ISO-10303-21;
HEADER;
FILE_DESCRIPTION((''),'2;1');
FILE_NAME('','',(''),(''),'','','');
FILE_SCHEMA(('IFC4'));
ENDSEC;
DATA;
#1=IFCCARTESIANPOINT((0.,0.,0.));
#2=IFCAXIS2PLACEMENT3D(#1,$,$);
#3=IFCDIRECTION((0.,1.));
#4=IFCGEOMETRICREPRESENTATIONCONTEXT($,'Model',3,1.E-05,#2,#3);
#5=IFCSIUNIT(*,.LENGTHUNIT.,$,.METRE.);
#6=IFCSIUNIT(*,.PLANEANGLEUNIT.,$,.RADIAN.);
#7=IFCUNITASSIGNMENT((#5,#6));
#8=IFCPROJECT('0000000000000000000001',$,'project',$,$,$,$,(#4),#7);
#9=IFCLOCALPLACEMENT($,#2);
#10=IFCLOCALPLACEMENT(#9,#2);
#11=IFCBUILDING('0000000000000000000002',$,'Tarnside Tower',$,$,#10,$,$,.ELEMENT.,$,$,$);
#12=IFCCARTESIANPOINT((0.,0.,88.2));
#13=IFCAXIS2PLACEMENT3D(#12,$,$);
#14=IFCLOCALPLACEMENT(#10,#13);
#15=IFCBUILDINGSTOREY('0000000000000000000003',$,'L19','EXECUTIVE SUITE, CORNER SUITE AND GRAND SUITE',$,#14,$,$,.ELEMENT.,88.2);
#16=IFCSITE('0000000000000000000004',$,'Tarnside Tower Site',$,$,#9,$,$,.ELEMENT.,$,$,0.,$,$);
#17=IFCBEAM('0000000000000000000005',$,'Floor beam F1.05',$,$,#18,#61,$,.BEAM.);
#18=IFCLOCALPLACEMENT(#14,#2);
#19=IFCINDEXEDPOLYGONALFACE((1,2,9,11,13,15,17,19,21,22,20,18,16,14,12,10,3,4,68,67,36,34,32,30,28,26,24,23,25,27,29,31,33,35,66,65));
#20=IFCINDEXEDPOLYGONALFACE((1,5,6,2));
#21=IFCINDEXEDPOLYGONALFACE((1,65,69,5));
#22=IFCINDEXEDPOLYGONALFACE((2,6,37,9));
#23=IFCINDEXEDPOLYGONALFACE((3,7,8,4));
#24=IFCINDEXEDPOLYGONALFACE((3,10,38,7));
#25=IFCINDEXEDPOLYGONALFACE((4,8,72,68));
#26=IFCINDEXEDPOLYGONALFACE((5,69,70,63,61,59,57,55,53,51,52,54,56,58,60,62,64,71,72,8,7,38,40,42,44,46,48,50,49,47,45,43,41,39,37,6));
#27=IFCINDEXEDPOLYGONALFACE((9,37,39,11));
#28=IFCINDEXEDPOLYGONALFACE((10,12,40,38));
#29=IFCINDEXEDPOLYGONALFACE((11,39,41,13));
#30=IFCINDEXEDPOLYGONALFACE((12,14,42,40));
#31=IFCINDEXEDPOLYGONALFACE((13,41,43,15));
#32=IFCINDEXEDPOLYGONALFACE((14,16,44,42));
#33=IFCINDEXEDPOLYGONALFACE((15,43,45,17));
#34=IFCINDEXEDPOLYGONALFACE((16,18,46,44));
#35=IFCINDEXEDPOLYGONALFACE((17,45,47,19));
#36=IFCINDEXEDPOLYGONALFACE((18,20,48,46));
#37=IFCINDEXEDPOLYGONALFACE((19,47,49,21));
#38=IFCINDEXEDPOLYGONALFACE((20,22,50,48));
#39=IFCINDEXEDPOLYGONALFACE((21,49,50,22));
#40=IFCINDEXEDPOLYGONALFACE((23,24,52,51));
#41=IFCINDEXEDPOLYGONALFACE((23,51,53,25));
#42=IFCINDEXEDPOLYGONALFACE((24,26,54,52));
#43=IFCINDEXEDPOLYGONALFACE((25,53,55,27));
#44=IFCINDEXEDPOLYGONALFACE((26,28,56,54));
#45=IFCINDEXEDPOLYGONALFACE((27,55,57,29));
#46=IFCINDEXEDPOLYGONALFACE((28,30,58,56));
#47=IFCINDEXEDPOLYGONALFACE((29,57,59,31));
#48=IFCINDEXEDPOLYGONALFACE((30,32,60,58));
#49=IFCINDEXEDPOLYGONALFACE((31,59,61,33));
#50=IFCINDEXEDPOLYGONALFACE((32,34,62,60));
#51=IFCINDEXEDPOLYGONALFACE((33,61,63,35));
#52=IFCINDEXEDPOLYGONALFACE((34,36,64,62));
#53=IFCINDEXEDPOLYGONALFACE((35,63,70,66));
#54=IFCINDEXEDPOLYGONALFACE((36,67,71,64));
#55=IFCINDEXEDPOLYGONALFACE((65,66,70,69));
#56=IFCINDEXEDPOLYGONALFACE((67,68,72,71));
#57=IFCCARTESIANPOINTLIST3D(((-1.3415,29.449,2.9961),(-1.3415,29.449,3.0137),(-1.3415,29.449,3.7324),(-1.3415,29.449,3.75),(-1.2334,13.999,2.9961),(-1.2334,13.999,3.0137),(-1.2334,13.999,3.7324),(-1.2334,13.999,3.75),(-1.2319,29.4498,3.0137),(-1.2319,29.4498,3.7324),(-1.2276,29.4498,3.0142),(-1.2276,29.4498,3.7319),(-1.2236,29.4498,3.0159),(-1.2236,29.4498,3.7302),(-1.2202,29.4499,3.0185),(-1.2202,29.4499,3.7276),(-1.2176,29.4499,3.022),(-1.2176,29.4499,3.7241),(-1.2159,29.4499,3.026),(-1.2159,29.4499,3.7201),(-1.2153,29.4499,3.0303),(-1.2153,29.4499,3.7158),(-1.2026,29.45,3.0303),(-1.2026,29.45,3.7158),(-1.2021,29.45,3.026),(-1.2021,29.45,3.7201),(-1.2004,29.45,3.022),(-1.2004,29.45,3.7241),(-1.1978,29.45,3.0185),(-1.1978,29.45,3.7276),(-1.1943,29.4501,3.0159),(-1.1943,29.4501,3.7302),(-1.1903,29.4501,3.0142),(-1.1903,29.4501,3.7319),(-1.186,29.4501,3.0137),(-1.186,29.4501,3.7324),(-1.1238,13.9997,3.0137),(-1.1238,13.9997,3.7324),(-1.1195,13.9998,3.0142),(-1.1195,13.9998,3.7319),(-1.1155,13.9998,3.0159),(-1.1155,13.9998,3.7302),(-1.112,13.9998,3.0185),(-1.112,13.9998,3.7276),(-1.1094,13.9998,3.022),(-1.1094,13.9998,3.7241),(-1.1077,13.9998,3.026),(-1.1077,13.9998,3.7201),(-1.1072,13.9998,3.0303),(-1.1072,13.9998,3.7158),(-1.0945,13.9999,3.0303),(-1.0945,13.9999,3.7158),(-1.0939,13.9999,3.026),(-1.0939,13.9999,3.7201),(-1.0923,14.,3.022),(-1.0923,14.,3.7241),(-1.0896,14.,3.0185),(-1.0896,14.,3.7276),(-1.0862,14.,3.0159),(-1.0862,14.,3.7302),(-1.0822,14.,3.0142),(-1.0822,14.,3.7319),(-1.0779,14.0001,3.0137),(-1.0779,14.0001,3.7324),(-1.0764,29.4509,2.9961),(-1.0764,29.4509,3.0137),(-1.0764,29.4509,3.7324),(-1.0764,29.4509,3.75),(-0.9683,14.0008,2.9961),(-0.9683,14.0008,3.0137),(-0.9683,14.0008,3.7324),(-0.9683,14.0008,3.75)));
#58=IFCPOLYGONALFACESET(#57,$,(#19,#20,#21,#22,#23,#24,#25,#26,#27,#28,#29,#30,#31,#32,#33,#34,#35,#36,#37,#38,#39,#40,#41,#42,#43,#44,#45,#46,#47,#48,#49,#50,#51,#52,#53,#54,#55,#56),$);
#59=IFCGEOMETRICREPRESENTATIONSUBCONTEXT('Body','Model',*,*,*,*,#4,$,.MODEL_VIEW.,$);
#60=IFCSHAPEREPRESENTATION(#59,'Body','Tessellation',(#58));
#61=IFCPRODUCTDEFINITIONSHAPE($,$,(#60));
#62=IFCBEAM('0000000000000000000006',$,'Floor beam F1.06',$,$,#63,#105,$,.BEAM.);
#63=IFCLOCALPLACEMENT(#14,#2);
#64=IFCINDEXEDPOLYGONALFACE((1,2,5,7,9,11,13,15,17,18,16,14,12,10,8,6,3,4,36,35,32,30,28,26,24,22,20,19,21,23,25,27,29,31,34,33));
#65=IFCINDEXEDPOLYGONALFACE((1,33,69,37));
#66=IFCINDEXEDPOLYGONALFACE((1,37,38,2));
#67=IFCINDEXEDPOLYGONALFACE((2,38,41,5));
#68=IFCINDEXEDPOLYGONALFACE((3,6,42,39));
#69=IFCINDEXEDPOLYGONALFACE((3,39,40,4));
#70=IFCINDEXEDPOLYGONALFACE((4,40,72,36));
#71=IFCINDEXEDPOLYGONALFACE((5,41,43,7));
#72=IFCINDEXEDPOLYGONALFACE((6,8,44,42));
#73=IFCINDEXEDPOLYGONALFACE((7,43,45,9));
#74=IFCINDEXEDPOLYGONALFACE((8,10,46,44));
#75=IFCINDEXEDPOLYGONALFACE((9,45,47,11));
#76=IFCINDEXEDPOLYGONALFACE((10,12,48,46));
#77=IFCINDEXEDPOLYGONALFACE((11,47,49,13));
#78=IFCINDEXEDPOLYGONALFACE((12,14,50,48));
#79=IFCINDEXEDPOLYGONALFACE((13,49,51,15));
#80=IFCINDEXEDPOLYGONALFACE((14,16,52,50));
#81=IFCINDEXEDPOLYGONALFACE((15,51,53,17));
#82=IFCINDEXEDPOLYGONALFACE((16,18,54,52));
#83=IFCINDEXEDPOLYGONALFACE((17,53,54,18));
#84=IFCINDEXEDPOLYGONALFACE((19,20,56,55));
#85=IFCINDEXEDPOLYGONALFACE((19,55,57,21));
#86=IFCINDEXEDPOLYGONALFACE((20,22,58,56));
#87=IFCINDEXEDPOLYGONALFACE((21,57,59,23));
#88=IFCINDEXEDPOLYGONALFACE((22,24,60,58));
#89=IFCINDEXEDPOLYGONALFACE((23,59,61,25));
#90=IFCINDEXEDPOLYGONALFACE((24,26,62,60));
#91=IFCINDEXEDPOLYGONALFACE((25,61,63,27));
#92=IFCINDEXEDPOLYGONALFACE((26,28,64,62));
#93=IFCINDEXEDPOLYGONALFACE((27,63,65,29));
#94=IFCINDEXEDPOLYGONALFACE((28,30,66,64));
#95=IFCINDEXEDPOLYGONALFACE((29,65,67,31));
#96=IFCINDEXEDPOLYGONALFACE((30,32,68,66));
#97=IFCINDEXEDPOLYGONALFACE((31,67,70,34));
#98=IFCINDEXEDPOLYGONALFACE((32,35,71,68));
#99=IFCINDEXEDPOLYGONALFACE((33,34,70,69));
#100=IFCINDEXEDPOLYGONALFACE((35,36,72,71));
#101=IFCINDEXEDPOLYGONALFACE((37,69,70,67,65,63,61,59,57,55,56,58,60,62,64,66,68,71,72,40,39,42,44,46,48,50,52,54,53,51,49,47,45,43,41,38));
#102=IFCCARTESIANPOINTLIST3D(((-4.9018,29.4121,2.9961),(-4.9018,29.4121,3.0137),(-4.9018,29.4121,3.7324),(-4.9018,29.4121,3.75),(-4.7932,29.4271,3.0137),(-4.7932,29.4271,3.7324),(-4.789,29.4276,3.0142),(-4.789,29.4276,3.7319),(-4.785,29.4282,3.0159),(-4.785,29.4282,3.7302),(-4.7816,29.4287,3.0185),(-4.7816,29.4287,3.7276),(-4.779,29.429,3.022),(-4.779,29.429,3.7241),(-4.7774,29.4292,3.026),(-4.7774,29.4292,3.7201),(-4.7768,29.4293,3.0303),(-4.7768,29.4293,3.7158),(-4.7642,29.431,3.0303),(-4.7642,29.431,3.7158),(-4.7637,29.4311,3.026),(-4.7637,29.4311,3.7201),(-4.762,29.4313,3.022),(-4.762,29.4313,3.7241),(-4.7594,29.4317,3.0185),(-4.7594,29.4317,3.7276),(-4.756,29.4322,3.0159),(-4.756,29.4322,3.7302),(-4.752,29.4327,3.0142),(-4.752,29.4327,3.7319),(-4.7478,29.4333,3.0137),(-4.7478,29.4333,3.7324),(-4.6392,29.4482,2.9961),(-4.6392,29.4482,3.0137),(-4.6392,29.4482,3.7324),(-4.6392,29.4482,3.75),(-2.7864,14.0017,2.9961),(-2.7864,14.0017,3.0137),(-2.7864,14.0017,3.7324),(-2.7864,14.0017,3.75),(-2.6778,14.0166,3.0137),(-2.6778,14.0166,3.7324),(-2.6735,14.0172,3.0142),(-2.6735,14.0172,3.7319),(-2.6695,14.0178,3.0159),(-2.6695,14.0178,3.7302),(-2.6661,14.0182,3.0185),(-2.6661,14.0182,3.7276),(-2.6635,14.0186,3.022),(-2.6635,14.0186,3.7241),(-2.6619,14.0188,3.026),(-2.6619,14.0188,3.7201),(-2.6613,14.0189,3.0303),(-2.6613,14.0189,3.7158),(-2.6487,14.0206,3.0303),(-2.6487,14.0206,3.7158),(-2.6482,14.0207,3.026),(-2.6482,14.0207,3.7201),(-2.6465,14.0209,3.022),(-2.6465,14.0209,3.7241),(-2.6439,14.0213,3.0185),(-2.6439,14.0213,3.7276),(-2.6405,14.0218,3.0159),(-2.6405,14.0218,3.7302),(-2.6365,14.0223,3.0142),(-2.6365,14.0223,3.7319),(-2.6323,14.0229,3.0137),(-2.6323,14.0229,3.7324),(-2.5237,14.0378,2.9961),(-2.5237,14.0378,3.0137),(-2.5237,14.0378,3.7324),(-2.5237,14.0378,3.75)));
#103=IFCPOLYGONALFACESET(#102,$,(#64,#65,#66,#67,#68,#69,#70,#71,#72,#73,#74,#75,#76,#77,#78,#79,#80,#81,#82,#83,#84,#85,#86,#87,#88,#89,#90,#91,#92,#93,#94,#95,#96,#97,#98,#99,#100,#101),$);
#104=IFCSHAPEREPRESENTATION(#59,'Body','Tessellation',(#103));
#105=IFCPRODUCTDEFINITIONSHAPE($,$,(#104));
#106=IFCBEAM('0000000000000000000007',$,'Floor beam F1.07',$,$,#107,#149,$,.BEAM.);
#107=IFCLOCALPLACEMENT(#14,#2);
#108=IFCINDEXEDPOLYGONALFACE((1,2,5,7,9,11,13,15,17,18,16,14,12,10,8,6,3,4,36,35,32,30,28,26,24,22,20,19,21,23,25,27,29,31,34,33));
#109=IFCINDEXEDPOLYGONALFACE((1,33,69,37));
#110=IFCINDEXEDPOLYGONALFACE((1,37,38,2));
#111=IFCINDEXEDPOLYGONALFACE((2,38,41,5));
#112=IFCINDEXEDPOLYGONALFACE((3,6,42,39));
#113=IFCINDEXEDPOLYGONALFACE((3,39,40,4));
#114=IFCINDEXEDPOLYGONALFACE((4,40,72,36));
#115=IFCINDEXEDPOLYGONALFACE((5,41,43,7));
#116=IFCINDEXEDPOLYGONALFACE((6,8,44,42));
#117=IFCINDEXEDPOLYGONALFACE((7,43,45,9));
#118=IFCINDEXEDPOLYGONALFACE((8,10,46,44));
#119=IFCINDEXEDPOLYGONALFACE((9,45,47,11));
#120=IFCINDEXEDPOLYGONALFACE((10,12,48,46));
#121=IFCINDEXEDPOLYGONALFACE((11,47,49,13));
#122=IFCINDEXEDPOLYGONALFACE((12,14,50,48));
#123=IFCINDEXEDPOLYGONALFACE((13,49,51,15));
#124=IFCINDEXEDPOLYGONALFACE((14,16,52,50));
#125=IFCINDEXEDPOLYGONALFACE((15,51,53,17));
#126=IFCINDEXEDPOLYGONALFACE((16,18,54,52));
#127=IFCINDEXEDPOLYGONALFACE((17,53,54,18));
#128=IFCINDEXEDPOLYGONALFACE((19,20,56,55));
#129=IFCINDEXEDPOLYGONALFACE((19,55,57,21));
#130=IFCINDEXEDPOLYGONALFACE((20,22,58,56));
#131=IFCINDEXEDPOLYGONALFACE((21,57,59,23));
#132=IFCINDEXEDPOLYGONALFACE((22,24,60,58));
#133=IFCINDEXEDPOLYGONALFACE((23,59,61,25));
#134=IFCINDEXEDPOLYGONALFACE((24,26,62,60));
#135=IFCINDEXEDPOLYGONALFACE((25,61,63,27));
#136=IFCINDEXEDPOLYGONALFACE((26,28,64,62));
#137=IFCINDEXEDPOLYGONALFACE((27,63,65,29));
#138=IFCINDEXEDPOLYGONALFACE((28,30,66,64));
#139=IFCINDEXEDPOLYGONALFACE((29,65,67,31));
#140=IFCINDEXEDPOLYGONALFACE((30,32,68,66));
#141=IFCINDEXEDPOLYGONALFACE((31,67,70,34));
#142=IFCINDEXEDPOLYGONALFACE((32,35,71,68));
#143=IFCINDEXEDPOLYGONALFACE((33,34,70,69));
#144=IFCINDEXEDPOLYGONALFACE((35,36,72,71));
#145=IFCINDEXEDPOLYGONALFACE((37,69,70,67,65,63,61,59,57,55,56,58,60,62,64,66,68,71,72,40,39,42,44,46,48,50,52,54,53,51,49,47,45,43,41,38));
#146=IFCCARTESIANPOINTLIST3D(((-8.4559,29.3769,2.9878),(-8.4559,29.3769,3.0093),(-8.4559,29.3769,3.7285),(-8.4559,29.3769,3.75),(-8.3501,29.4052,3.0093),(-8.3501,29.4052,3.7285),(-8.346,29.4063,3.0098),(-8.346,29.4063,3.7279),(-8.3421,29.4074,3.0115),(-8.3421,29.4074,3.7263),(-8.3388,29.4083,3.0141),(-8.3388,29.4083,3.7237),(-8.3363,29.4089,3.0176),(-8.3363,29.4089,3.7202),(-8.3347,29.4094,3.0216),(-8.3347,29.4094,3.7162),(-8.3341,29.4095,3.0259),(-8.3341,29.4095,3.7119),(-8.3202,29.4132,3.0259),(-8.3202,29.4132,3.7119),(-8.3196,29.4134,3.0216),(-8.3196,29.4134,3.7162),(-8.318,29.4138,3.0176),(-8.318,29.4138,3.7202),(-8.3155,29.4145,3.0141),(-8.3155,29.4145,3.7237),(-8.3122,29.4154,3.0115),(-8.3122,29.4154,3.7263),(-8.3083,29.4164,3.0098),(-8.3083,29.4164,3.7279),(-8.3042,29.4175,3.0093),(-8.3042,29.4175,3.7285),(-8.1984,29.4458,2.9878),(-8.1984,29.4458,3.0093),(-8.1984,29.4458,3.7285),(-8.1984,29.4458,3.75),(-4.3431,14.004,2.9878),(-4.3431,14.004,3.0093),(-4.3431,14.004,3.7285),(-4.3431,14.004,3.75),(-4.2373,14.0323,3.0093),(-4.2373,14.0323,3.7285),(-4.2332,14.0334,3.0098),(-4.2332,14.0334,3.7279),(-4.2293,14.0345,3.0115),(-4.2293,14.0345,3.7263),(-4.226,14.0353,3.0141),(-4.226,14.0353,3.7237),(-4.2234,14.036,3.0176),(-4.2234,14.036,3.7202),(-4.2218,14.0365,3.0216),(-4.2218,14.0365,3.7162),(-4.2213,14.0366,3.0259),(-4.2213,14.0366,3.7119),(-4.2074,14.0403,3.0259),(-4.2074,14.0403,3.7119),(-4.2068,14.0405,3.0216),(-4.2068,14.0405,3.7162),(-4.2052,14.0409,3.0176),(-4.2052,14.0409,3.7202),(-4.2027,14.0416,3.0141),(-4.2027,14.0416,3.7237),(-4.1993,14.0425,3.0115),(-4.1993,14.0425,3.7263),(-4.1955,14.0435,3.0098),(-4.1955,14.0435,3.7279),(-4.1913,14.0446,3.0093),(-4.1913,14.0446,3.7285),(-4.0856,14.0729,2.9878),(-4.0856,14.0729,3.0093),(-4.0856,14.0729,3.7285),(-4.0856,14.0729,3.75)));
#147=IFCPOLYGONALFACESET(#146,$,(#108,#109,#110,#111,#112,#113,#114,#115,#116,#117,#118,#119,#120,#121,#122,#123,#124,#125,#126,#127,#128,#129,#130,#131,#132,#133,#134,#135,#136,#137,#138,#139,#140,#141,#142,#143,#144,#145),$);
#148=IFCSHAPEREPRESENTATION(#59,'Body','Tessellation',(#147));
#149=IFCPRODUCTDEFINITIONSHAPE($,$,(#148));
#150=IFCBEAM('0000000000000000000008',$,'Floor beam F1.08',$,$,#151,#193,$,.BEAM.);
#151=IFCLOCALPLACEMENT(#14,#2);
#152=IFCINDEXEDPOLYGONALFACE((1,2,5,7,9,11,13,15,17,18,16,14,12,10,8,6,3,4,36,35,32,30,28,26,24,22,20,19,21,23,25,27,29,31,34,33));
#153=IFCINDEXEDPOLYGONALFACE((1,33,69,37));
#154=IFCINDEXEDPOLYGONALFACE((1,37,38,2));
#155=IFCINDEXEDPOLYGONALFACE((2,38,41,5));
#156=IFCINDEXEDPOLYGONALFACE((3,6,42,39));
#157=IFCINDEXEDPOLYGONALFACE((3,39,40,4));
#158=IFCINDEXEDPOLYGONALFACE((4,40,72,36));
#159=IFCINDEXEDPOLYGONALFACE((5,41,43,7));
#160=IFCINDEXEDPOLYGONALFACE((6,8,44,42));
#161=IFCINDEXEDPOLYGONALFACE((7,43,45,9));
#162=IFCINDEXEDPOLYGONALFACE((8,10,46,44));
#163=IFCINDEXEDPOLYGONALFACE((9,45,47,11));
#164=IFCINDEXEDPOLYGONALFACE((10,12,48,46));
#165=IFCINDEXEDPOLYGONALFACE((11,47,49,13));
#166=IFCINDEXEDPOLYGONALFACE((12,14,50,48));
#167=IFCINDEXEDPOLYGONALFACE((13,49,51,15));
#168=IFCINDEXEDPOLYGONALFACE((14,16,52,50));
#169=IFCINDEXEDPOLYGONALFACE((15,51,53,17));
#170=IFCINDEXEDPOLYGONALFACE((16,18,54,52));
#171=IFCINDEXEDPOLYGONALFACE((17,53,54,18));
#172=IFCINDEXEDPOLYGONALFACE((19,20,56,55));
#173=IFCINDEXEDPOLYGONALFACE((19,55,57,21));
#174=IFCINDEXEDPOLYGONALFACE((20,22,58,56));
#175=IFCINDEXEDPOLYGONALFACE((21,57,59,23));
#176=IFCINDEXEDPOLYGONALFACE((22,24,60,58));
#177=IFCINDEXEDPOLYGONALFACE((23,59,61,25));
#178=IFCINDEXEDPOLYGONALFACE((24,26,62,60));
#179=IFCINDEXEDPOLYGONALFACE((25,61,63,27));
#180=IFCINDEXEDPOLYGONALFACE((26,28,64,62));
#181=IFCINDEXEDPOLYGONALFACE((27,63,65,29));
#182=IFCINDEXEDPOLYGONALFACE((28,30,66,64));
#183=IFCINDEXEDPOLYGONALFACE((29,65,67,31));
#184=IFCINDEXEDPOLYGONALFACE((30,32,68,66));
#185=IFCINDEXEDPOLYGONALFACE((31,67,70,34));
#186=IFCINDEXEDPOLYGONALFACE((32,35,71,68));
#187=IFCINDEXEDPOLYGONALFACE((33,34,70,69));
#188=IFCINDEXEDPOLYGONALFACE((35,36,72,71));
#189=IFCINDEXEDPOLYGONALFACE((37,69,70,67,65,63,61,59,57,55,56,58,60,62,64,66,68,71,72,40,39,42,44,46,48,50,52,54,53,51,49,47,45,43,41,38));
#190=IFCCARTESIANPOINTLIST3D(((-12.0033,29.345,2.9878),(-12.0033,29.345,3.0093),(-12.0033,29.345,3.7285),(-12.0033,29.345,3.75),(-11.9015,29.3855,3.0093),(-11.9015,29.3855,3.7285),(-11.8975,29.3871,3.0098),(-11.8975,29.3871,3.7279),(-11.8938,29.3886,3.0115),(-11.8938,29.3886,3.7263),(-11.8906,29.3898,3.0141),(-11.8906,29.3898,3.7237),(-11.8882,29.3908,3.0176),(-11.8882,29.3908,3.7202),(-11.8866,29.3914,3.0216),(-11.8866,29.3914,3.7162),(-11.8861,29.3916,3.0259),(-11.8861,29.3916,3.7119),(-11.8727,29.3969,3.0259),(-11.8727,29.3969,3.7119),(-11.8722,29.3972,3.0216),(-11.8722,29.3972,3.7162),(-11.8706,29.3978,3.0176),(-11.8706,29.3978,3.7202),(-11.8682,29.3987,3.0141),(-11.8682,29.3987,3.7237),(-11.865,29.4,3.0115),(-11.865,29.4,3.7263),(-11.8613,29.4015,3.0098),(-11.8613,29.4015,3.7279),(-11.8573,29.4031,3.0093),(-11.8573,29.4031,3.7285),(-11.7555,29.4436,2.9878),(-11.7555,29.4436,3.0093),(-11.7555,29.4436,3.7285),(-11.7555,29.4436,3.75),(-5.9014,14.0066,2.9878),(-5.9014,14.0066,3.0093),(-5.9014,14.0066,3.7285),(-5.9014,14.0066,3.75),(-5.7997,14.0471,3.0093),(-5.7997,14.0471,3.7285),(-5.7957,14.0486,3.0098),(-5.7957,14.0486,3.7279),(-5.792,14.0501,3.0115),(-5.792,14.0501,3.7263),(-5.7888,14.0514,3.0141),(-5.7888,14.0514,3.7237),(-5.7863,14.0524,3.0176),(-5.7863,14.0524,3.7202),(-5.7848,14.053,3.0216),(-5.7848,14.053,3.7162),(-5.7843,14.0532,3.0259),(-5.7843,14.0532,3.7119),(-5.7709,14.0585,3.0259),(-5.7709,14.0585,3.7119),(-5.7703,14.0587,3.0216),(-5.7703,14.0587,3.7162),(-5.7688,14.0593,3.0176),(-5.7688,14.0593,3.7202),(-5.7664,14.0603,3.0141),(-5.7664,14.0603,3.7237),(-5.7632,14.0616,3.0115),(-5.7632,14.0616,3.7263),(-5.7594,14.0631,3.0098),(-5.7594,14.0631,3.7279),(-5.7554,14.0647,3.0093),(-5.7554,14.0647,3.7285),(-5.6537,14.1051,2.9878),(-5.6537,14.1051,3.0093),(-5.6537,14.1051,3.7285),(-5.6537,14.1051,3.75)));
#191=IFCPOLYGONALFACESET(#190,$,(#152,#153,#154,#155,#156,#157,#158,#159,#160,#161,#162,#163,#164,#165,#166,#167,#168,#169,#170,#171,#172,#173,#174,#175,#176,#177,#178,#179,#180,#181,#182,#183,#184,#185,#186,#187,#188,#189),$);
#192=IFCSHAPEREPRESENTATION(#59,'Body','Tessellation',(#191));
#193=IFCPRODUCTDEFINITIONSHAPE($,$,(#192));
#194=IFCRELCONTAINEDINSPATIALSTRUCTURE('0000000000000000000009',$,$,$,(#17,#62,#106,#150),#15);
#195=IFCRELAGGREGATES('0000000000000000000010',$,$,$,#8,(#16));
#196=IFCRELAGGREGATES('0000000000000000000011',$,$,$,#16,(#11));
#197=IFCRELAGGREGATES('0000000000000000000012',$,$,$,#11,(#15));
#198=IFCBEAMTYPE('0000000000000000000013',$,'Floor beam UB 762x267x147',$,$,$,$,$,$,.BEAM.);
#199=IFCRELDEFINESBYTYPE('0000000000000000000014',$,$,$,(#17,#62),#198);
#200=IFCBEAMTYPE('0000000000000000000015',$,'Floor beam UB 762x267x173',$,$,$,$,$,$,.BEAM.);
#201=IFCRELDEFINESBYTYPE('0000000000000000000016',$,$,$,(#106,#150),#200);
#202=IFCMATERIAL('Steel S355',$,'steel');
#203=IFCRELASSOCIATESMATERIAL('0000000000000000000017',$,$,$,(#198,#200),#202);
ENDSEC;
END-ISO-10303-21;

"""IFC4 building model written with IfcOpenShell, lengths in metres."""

from ifc_helpers import new_model, si_unit, direction, frame, origin, origin_2d, place, context, subcontext, project, spatial, i_section, extrude, material, material_profile, profile_set, type_object, element, save


model = new_model("IFC4")

# Units and contexts
model_context = context("Model", 3, precision=1e-05, world=origin(), true_north=direction((0.0, 1.0)))
body_context = subcontext(model_context, "Body", "Model", "MODEL_VIEW")
ifc_project = project(units=[si_unit("LENGTHUNIT", "METRE"), si_unit("PLANEANGLEUNIT", "RADIAN")], contexts=[model_context])

# Site, building, storey
site_placement = place(None, origin())
site = spatial("IfcSite", under=ifc_project, at=site_placement, Name="Tarnside Tower Site", CompositionType="ELEMENT", RefElevation=0.0)
building_placement = place(site_placement, origin())
building = spatial("IfcBuilding", under=site, at=building_placement, Name="Tarnside Tower", CompositionType="ELEMENT")
storey_placement = place(building_placement, frame((0.0, 0.0, 88.2)))
storey = spatial("IfcBuildingStorey", under=building, at=storey_placement, Name="L19", Description="EXECUTIVE SUITE, CORNER SUITE AND GRAND SUITE", CompositionType="ELEMENT", Elevation=88.2)

# Beams
ifc_material_1 = material(Name="Steel S355", Category="steel")
ifc_material_profile_1 = material_profile(ifc_material_1, i_section(OverallWidth=0.2651, OverallDepth=0.7539, WebThickness=0.0127, FlangeThickness=0.0176, FilletRadius=0.0166, at=origin_2d()), Name="UB 762x267x147")
ifc_profile_set_1 = profile_set([ifc_material_profile_1], Name="Steel S355")
beam_type_1 = type_object("IfcBeamType", Name="Floor beam UB 762x267x147", PredefinedType="BEAM", material=ifc_profile_set_1)
beam_1_placement = place(storey_placement, frame((-1.209, 29.45, 3.373), z_axis=(0.007, -0.999975, 0.0), x_axis=(0.999975, 0.007, 0.0)))
element("IfcBeam", 1, at=beam_1_placement, inside=storey, type_object=beam_type_1, Name="Floor beam F1.05", PredefinedType="BEAM", context=body_context, shape_type="SweptSolid", body=[
    extrude(i_section(OverallWidth=0.2651, OverallDepth=0.7539, WebThickness=0.0127, FlangeThickness=0.0176, FilletRadius=0.0166, at=origin_2d()), origin(), (0.0, 0.0, 1.0), 15.4504),
])
beam_2_placement = place(storey_placement, frame((-4.7705, 29.4302, 3.373), z_axis=(0.136001, -0.990709, 0.0), x_axis=(0.990709, 0.136001, 0.0)))
element("IfcBeam", 2, at=beam_2_placement, inside=storey, type_object=beam_type_1, Name="Floor beam F1.06", PredefinedType="BEAM", context=body_context, shape_type="SweptSolid", body=[
    extrude(i_section(OverallWidth=0.2651, OverallDepth=0.7539, WebThickness=0.0127, FlangeThickness=0.0176, FilletRadius=0.0166, at=origin_2d()), origin(), (0.0, 0.0, 1.0), 15.5549),
])
ifc_material_profile_2 = material_profile(ifc_material_1, i_section(OverallWidth=0.2666, OverallDepth=0.7622, WebThickness=0.0144, FlangeThickness=0.0215, FilletRadius=0.0166, at=origin_2d()), Name="UB 762x267x173")
ifc_profile_set_2 = profile_set([ifc_material_profile_2], Name="Steel S355")
beam_type_2 = type_object("IfcBeamType", Name="Floor beam UB 762x267x173", PredefinedType="BEAM", material=ifc_profile_set_2)
beam_3_placement = place(storey_placement, frame((-8.3271, 29.4114, 3.3689), z_axis=(0.258447, -0.966025, 0.0), x_axis=(0.966025, 0.258447, 0.0)))
element("IfcBeam", 3, at=beam_3_placement, inside=storey, type_object=beam_type_2, Name="Floor beam F1.07", PredefinedType="BEAM", context=body_context, shape_type="SweptSolid", body=[
    extrude(i_section(OverallWidth=0.2666, OverallDepth=0.7622, WebThickness=0.0144, FlangeThickness=0.0215, FilletRadius=0.0166, at=origin_2d()), origin(), (0.0, 0.0, 1.0), 15.9136),
])
beam_4_placement = place(storey_placement, frame((-11.8794, 29.3943, 3.3689), z_axis=(0.369638, -0.929176, 0.0), x_axis=(0.929176, 0.369638, 0.0)))
element("IfcBeam", 4, at=beam_4_placement, inside=storey, type_object=beam_type_2, Name="Floor beam F1.08", PredefinedType="BEAM", context=body_context, shape_type="SweptSolid", body=[
    extrude(i_section(OverallWidth=0.2666, OverallDepth=0.7622, WebThickness=0.0144, FlangeThickness=0.0215, FilletRadius=0.0166, at=origin_2d()), origin(), (0.0, 0.0, 1.0), 16.5076),
])

save(model, "model.ifc")
